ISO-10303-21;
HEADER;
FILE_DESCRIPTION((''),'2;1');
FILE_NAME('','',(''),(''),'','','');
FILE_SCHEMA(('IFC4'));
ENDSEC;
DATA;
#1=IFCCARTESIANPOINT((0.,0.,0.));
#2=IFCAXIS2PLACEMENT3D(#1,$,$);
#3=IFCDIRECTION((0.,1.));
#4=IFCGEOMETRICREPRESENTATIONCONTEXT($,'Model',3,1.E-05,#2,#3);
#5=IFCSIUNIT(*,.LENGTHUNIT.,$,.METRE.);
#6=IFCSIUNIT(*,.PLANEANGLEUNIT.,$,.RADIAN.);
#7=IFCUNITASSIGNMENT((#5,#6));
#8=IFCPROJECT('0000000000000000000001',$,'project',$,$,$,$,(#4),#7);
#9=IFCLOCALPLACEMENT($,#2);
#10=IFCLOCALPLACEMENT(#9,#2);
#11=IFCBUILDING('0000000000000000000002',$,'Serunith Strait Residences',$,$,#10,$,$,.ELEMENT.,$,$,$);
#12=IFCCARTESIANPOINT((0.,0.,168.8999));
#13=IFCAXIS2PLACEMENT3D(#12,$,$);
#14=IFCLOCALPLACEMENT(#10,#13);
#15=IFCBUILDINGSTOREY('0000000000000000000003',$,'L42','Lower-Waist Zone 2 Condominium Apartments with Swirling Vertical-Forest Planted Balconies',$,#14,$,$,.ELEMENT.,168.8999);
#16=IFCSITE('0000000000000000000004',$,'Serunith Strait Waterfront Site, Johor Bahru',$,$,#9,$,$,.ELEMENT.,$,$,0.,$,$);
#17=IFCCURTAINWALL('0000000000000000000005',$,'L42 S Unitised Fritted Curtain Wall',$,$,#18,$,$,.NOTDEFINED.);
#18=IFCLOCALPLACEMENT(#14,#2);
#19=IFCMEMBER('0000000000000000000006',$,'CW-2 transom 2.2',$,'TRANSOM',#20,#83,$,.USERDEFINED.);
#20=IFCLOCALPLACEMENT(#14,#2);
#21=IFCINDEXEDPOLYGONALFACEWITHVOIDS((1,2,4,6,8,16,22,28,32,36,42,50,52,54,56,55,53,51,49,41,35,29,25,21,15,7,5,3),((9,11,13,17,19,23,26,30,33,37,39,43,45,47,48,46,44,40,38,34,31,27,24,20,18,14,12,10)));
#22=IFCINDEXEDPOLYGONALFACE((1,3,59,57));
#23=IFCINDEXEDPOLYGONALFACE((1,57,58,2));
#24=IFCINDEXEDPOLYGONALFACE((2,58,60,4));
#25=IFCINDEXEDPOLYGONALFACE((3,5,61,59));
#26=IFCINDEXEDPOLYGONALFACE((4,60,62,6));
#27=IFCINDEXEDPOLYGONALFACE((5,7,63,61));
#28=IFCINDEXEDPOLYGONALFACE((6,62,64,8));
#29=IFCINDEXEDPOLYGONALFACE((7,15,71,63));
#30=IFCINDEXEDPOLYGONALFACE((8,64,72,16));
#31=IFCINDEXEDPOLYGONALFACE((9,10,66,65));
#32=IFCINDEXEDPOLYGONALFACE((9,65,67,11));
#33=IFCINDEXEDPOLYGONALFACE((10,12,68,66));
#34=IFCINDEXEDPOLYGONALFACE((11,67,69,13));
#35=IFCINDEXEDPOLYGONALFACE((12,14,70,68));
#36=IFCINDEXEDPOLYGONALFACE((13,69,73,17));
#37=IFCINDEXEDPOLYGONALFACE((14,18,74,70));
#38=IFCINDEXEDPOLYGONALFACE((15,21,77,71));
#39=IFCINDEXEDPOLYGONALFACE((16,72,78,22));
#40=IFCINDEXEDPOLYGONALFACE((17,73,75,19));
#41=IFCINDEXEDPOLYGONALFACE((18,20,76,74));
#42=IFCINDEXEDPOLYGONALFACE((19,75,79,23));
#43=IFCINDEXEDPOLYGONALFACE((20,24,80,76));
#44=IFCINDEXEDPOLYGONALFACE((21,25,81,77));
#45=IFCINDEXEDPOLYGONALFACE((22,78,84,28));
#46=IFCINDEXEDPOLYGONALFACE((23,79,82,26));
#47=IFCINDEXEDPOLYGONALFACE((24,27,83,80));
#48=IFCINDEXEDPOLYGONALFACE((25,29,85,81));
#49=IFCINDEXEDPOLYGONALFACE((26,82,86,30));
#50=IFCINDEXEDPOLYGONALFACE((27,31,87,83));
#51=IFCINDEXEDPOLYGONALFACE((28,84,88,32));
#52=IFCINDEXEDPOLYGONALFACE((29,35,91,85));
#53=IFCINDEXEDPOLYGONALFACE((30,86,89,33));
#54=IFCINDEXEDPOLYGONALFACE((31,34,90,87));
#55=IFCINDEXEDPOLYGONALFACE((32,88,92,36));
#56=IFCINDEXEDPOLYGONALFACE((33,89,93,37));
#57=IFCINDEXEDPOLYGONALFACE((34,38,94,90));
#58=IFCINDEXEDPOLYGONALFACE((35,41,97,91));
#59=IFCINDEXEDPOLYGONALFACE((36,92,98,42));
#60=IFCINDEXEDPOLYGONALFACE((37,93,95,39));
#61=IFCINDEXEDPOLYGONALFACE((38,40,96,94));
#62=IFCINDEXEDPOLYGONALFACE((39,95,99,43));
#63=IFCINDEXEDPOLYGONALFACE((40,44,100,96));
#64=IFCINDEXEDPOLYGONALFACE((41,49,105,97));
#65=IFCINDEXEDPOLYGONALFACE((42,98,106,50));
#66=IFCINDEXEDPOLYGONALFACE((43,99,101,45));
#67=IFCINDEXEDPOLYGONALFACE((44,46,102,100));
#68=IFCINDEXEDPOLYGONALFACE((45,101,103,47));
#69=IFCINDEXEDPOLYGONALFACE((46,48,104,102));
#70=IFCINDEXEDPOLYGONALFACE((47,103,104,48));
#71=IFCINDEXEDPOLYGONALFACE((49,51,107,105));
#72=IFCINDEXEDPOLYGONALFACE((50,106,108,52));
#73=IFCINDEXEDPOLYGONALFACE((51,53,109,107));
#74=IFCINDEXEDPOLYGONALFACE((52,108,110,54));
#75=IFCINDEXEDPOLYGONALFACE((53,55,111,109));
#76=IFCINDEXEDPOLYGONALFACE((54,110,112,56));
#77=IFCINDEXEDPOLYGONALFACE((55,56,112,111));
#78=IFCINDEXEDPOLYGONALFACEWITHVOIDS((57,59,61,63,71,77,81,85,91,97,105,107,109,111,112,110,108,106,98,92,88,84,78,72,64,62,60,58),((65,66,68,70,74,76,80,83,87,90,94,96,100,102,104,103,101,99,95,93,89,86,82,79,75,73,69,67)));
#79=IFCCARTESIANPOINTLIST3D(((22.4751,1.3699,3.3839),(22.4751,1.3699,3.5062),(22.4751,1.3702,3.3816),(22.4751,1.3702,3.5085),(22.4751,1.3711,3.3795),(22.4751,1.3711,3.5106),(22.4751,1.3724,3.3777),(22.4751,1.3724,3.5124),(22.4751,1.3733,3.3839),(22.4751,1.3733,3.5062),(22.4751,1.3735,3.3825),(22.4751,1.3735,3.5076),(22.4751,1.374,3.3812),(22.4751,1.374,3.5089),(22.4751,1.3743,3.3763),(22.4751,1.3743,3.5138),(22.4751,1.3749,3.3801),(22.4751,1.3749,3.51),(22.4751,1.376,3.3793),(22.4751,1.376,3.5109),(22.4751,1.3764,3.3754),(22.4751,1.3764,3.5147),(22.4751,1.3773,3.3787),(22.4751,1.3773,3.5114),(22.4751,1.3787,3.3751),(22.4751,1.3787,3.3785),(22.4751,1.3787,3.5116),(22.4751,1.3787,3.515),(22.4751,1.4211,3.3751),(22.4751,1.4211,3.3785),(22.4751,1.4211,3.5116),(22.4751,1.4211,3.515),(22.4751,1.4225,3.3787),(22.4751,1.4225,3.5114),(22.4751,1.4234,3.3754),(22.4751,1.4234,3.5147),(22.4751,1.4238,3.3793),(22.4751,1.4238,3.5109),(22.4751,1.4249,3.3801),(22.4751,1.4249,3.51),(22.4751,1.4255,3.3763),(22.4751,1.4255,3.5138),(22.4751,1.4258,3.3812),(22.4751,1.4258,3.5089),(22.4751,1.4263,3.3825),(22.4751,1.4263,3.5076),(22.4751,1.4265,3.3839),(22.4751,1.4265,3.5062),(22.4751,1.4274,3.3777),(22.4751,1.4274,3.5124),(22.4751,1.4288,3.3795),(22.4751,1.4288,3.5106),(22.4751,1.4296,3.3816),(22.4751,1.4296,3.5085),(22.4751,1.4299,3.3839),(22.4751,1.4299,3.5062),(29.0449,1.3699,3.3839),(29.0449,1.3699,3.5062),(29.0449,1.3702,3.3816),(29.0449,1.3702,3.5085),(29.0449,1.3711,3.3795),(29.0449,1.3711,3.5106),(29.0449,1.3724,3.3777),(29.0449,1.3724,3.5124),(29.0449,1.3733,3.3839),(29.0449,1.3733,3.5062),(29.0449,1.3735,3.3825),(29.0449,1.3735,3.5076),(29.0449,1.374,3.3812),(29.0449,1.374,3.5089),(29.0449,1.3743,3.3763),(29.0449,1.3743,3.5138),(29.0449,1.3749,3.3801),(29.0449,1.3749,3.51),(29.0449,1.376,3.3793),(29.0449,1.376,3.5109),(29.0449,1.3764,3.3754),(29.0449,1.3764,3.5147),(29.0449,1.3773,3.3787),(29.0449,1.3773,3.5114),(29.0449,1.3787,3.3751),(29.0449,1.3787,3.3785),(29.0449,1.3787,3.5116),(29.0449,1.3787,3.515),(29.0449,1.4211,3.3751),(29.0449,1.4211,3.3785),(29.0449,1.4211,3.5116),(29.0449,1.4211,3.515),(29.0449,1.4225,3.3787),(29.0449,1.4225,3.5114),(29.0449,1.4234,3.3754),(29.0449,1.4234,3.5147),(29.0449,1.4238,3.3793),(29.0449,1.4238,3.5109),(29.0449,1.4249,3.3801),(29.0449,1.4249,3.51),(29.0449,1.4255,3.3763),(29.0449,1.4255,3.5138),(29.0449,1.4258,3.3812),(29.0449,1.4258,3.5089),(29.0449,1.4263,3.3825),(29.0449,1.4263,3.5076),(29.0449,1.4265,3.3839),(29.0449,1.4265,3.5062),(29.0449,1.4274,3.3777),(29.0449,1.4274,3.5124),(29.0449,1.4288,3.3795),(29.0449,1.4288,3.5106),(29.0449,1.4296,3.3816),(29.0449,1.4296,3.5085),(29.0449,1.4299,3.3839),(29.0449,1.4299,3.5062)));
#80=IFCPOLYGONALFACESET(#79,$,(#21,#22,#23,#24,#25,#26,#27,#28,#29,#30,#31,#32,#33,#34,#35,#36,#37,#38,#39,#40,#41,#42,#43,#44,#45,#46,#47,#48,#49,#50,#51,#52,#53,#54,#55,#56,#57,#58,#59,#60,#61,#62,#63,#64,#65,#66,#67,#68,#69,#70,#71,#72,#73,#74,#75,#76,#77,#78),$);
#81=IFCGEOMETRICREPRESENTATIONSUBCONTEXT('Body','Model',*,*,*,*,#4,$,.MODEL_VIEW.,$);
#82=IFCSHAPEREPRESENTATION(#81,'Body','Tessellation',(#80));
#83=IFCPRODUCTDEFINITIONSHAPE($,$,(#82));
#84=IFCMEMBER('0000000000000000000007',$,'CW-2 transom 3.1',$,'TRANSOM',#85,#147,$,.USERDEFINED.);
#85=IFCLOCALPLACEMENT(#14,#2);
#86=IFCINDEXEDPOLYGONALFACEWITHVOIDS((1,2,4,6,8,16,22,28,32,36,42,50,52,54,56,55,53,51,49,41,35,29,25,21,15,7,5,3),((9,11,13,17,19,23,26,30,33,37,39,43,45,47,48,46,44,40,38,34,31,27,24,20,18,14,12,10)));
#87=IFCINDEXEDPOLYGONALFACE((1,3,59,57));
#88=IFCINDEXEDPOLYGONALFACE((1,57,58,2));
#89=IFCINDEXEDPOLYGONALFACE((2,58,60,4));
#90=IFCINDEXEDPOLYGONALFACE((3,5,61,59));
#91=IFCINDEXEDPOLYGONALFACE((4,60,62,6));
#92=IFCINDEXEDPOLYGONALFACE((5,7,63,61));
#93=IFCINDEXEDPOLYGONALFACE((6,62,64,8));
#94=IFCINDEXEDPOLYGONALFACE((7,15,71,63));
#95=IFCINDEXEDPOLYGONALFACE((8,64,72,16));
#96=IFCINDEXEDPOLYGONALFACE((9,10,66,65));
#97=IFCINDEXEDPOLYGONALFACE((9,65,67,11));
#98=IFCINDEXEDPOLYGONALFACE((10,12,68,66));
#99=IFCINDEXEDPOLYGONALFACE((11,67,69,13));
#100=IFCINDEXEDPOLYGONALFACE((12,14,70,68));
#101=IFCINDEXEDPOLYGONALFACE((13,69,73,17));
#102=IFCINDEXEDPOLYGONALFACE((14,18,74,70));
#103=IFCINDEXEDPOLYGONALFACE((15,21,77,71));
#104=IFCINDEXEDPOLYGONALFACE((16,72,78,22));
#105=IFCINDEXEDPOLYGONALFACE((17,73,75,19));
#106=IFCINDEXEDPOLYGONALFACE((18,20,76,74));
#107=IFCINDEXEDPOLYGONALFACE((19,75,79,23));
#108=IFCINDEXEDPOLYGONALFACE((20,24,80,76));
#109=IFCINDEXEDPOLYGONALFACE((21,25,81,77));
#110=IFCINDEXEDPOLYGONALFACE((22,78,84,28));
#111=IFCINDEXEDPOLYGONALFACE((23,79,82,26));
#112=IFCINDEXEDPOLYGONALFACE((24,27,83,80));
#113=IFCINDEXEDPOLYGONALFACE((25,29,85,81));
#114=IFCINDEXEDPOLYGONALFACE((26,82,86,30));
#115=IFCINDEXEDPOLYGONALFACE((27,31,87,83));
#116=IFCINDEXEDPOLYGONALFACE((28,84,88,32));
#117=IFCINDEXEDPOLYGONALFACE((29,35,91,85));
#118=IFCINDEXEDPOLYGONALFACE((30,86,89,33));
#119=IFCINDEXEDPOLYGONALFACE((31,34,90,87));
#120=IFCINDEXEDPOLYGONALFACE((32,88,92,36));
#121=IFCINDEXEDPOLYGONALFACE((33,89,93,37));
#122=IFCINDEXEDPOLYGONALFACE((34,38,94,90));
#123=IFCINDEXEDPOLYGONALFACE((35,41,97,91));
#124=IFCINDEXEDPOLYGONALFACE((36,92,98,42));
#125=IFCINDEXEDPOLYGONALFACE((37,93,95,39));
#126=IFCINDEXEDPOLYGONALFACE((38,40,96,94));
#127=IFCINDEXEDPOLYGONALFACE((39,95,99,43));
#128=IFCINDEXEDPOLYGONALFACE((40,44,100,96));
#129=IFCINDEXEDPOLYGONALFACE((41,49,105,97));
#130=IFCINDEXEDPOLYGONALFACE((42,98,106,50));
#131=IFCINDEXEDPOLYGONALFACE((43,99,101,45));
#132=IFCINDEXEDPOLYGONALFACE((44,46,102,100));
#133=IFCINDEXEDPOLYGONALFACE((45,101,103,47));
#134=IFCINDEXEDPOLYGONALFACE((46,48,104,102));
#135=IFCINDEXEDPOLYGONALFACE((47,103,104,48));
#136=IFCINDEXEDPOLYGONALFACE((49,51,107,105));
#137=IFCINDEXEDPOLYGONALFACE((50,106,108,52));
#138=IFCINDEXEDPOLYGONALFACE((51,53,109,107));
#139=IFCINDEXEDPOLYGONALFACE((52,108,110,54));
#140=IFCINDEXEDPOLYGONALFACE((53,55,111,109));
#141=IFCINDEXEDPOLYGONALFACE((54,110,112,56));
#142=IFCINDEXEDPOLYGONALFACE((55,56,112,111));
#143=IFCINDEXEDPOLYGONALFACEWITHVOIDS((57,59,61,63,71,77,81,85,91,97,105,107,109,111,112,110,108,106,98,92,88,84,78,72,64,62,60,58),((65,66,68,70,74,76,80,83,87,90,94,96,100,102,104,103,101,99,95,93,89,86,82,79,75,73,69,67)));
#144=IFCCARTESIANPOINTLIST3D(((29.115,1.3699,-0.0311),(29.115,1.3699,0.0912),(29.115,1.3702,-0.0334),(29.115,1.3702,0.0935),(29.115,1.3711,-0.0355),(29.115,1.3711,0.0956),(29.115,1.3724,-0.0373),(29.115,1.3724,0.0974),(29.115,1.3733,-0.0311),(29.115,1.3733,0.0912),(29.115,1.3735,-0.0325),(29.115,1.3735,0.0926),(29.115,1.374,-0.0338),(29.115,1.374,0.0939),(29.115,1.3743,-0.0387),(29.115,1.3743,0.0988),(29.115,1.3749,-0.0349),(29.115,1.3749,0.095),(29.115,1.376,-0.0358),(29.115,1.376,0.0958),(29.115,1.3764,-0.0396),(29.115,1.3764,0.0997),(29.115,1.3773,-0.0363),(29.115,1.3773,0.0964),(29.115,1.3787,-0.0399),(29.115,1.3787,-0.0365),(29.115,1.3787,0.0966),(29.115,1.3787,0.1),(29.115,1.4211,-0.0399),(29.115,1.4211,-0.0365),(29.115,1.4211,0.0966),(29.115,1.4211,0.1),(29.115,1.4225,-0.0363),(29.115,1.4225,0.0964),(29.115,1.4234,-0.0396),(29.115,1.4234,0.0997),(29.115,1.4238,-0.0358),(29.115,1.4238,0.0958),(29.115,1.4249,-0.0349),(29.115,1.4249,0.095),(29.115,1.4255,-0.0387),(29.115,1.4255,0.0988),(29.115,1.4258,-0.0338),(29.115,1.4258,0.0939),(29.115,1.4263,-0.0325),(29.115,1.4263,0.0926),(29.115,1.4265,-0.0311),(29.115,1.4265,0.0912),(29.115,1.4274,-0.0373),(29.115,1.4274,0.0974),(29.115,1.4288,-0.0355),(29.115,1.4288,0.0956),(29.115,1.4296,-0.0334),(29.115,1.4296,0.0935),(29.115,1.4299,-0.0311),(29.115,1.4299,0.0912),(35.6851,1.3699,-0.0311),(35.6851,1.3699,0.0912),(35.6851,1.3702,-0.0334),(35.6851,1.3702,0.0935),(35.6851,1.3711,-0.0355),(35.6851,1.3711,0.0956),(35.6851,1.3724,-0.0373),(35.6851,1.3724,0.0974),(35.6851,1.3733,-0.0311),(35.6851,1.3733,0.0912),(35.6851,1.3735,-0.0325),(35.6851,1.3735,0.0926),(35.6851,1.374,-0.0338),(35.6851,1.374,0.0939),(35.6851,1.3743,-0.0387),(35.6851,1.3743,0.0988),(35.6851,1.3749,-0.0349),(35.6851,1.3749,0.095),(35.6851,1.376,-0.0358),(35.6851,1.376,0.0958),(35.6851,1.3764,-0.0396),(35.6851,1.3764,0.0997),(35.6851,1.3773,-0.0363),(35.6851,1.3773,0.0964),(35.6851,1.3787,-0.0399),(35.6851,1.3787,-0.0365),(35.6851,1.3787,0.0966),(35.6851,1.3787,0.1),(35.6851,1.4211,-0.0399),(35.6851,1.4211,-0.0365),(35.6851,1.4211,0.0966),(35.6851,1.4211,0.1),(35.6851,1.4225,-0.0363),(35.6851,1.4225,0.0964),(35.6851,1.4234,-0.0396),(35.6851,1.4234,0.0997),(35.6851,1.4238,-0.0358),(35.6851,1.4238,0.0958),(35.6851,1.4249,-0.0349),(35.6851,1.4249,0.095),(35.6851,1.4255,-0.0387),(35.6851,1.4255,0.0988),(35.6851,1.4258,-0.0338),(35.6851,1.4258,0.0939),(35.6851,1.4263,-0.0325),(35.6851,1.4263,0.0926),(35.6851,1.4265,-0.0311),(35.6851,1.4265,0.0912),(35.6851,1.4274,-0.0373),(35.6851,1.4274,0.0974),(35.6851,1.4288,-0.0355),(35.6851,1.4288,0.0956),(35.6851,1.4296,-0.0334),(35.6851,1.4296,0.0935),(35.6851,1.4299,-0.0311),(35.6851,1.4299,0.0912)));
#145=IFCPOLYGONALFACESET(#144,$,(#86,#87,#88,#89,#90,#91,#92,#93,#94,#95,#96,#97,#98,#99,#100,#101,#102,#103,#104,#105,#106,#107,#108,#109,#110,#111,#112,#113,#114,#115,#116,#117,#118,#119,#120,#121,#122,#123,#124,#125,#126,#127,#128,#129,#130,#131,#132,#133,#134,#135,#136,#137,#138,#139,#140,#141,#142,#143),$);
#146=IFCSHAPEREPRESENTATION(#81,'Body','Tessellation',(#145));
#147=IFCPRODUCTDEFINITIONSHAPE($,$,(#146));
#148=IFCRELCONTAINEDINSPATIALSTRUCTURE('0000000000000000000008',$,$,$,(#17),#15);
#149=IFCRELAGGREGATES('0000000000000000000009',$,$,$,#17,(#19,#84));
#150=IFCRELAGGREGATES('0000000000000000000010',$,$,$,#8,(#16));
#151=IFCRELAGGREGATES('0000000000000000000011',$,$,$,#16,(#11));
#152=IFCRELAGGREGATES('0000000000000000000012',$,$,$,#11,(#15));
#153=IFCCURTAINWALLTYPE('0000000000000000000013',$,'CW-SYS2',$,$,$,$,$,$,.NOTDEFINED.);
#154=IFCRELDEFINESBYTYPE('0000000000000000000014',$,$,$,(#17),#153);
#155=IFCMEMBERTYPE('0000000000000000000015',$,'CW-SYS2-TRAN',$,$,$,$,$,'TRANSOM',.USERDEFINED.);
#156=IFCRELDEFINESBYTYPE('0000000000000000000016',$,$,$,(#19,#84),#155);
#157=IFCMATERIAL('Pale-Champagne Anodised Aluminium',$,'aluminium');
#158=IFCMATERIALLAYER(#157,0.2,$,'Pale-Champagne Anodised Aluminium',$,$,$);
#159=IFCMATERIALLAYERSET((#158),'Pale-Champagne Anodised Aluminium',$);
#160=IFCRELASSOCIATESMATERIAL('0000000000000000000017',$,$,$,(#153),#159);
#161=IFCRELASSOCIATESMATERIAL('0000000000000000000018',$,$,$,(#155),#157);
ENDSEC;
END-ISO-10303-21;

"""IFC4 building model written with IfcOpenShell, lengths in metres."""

from ifc_helpers import new_model, si_unit, direction, frame, origin, origin_2d, place, context, subcontext, project, spatial, hollow_rectangle, extrude, source, transform, mapped, material, layer, layer_set, material_profile, profile_set, type_object, element, aggregate, save


model = new_model("IFC4")

# Units and contexts
model_context = context("Model", 3, precision=1e-05, world=origin(), true_north=direction((0.0, 1.0)))
body_context = subcontext(model_context, "Body", "Model", "MODEL_VIEW")
ifc_project = project(units=[si_unit("LENGTHUNIT", "METRE"), si_unit("PLANEANGLEUNIT", "RADIAN")], contexts=[model_context])

# Site, building, storey
site_placement = place(None, origin())
site = spatial("IfcSite", under=ifc_project, at=site_placement, Name="Serunith Strait Waterfront Site, Johor Bahru", CompositionType="ELEMENT", RefElevation=0.0)
building_placement = place(site_placement, origin())
building = spatial("IfcBuilding", under=site, at=building_placement, Name="Serunith Strait Residences", CompositionType="ELEMENT")
storey_placement = place(building_placement, frame((0.0, 0.0, 168.8999)))
storey = spatial("IfcBuildingStorey", under=building, at=storey_placement, Name="L42", Description="Lower-Waist Zone 2 Condominium Apartments with Swirling Vertical-Forest Planted Balconies", CompositionType="ELEMENT", Elevation=168.8999)

# Curtain wall, members
ifc_material_1 = material(Name="Pale-Champagne Anodised Aluminium", Category="aluminium")
ifc_layer_1 = layer(ifc_material_1, 0.2, Name="Pale-Champagne Anodised Aluminium")
ifc_layer_set_1 = layer_set([ifc_layer_1], Name="Pale-Champagne Anodised Aluminium")
curtain_wall_type = type_object("IfcCurtainWallType", Name="CW-SYS2", PredefinedType="NOTDEFINED", material=ifc_layer_set_1)
curtain_wall_placement = place(storey_placement, origin())
curtain_wall = element("IfcCurtainWall", 1, at=curtain_wall_placement, inside=storey, type_object=curtain_wall_type, Name="L42 S Unitised Fritted Curtain Wall", PredefinedType="NOTDEFINED")
ifc_material_profile_1 = material_profile(ifc_material_1, hollow_rectangle(XDim=0.0601, YDim=0.1399, WallThickness=0.0034, InnerFilletRadius=0.0054, OuterFilletRadius=0.0088, at=origin_2d()), Name="ALU 140x60x3.5")
ifc_profile_set_1 = profile_set([ifc_material_profile_1], Name="Pale-Champagne Anodised Aluminium")
member_type_1 = type_object("IfcMemberType", Name="CW-SYS2-TRAN", ElementType="TRANSOM", PredefinedType="USERDEFINED", material=ifc_profile_set_1)
shared_shape_1 = source(origin(), body_context, "Body", "SweptSolid", [
    extrude(hollow_rectangle(XDim=0.0601, YDim=0.1399, WallThickness=0.0034, InnerFilletRadius=0.0054, OuterFilletRadius=0.0088, at=origin_2d()), origin(), (0.0, 0.0, 1.0), 6.5698),
])
member_1_placement = place(storey_placement, frame((22.4751, 1.3999, 3.4451), z_axis=(1.0, 0.0, 0.0), x_axis=(0.0, 1.0, 0.0)))
member_1 = element("IfcMember", 2, at=member_1_placement, type_object=member_type_1, Name="CW-2 transom 2.2", ObjectType="TRANSOM", PredefinedType="USERDEFINED", context=body_context, shape_type="MappedRepresentation", body=[
    mapped(shared_shape_1, transform((0.0, 0.0, 0.0), scale=1.0)),
])
shared_shape_2 = source(origin(), body_context, "Body", "SweptSolid", [
    extrude(hollow_rectangle(XDim=0.0601, YDim=0.1399, WallThickness=0.0034, InnerFilletRadius=0.0054, OuterFilletRadius=0.0088, at=origin_2d()), origin(), (0.0, 0.0, 1.0), 6.5701),
])
member_2_placement = place(storey_placement, frame((29.115, 1.3999, 0.03), z_axis=(1.0, 0.0, 0.0), x_axis=(0.0, 1.0, 0.0)))
member_2 = element("IfcMember", 3, at=member_2_placement, type_object=member_type_1, Name="CW-2 transom 3.1", ObjectType="TRANSOM", PredefinedType="USERDEFINED", context=body_context, shape_type="MappedRepresentation", body=[
    mapped(shared_shape_2, transform((0.0, 0.0, 0.0), scale=1.0)),
])
aggregate(curtain_wall, [member_1, member_2])

save(model, "model.ifc")
